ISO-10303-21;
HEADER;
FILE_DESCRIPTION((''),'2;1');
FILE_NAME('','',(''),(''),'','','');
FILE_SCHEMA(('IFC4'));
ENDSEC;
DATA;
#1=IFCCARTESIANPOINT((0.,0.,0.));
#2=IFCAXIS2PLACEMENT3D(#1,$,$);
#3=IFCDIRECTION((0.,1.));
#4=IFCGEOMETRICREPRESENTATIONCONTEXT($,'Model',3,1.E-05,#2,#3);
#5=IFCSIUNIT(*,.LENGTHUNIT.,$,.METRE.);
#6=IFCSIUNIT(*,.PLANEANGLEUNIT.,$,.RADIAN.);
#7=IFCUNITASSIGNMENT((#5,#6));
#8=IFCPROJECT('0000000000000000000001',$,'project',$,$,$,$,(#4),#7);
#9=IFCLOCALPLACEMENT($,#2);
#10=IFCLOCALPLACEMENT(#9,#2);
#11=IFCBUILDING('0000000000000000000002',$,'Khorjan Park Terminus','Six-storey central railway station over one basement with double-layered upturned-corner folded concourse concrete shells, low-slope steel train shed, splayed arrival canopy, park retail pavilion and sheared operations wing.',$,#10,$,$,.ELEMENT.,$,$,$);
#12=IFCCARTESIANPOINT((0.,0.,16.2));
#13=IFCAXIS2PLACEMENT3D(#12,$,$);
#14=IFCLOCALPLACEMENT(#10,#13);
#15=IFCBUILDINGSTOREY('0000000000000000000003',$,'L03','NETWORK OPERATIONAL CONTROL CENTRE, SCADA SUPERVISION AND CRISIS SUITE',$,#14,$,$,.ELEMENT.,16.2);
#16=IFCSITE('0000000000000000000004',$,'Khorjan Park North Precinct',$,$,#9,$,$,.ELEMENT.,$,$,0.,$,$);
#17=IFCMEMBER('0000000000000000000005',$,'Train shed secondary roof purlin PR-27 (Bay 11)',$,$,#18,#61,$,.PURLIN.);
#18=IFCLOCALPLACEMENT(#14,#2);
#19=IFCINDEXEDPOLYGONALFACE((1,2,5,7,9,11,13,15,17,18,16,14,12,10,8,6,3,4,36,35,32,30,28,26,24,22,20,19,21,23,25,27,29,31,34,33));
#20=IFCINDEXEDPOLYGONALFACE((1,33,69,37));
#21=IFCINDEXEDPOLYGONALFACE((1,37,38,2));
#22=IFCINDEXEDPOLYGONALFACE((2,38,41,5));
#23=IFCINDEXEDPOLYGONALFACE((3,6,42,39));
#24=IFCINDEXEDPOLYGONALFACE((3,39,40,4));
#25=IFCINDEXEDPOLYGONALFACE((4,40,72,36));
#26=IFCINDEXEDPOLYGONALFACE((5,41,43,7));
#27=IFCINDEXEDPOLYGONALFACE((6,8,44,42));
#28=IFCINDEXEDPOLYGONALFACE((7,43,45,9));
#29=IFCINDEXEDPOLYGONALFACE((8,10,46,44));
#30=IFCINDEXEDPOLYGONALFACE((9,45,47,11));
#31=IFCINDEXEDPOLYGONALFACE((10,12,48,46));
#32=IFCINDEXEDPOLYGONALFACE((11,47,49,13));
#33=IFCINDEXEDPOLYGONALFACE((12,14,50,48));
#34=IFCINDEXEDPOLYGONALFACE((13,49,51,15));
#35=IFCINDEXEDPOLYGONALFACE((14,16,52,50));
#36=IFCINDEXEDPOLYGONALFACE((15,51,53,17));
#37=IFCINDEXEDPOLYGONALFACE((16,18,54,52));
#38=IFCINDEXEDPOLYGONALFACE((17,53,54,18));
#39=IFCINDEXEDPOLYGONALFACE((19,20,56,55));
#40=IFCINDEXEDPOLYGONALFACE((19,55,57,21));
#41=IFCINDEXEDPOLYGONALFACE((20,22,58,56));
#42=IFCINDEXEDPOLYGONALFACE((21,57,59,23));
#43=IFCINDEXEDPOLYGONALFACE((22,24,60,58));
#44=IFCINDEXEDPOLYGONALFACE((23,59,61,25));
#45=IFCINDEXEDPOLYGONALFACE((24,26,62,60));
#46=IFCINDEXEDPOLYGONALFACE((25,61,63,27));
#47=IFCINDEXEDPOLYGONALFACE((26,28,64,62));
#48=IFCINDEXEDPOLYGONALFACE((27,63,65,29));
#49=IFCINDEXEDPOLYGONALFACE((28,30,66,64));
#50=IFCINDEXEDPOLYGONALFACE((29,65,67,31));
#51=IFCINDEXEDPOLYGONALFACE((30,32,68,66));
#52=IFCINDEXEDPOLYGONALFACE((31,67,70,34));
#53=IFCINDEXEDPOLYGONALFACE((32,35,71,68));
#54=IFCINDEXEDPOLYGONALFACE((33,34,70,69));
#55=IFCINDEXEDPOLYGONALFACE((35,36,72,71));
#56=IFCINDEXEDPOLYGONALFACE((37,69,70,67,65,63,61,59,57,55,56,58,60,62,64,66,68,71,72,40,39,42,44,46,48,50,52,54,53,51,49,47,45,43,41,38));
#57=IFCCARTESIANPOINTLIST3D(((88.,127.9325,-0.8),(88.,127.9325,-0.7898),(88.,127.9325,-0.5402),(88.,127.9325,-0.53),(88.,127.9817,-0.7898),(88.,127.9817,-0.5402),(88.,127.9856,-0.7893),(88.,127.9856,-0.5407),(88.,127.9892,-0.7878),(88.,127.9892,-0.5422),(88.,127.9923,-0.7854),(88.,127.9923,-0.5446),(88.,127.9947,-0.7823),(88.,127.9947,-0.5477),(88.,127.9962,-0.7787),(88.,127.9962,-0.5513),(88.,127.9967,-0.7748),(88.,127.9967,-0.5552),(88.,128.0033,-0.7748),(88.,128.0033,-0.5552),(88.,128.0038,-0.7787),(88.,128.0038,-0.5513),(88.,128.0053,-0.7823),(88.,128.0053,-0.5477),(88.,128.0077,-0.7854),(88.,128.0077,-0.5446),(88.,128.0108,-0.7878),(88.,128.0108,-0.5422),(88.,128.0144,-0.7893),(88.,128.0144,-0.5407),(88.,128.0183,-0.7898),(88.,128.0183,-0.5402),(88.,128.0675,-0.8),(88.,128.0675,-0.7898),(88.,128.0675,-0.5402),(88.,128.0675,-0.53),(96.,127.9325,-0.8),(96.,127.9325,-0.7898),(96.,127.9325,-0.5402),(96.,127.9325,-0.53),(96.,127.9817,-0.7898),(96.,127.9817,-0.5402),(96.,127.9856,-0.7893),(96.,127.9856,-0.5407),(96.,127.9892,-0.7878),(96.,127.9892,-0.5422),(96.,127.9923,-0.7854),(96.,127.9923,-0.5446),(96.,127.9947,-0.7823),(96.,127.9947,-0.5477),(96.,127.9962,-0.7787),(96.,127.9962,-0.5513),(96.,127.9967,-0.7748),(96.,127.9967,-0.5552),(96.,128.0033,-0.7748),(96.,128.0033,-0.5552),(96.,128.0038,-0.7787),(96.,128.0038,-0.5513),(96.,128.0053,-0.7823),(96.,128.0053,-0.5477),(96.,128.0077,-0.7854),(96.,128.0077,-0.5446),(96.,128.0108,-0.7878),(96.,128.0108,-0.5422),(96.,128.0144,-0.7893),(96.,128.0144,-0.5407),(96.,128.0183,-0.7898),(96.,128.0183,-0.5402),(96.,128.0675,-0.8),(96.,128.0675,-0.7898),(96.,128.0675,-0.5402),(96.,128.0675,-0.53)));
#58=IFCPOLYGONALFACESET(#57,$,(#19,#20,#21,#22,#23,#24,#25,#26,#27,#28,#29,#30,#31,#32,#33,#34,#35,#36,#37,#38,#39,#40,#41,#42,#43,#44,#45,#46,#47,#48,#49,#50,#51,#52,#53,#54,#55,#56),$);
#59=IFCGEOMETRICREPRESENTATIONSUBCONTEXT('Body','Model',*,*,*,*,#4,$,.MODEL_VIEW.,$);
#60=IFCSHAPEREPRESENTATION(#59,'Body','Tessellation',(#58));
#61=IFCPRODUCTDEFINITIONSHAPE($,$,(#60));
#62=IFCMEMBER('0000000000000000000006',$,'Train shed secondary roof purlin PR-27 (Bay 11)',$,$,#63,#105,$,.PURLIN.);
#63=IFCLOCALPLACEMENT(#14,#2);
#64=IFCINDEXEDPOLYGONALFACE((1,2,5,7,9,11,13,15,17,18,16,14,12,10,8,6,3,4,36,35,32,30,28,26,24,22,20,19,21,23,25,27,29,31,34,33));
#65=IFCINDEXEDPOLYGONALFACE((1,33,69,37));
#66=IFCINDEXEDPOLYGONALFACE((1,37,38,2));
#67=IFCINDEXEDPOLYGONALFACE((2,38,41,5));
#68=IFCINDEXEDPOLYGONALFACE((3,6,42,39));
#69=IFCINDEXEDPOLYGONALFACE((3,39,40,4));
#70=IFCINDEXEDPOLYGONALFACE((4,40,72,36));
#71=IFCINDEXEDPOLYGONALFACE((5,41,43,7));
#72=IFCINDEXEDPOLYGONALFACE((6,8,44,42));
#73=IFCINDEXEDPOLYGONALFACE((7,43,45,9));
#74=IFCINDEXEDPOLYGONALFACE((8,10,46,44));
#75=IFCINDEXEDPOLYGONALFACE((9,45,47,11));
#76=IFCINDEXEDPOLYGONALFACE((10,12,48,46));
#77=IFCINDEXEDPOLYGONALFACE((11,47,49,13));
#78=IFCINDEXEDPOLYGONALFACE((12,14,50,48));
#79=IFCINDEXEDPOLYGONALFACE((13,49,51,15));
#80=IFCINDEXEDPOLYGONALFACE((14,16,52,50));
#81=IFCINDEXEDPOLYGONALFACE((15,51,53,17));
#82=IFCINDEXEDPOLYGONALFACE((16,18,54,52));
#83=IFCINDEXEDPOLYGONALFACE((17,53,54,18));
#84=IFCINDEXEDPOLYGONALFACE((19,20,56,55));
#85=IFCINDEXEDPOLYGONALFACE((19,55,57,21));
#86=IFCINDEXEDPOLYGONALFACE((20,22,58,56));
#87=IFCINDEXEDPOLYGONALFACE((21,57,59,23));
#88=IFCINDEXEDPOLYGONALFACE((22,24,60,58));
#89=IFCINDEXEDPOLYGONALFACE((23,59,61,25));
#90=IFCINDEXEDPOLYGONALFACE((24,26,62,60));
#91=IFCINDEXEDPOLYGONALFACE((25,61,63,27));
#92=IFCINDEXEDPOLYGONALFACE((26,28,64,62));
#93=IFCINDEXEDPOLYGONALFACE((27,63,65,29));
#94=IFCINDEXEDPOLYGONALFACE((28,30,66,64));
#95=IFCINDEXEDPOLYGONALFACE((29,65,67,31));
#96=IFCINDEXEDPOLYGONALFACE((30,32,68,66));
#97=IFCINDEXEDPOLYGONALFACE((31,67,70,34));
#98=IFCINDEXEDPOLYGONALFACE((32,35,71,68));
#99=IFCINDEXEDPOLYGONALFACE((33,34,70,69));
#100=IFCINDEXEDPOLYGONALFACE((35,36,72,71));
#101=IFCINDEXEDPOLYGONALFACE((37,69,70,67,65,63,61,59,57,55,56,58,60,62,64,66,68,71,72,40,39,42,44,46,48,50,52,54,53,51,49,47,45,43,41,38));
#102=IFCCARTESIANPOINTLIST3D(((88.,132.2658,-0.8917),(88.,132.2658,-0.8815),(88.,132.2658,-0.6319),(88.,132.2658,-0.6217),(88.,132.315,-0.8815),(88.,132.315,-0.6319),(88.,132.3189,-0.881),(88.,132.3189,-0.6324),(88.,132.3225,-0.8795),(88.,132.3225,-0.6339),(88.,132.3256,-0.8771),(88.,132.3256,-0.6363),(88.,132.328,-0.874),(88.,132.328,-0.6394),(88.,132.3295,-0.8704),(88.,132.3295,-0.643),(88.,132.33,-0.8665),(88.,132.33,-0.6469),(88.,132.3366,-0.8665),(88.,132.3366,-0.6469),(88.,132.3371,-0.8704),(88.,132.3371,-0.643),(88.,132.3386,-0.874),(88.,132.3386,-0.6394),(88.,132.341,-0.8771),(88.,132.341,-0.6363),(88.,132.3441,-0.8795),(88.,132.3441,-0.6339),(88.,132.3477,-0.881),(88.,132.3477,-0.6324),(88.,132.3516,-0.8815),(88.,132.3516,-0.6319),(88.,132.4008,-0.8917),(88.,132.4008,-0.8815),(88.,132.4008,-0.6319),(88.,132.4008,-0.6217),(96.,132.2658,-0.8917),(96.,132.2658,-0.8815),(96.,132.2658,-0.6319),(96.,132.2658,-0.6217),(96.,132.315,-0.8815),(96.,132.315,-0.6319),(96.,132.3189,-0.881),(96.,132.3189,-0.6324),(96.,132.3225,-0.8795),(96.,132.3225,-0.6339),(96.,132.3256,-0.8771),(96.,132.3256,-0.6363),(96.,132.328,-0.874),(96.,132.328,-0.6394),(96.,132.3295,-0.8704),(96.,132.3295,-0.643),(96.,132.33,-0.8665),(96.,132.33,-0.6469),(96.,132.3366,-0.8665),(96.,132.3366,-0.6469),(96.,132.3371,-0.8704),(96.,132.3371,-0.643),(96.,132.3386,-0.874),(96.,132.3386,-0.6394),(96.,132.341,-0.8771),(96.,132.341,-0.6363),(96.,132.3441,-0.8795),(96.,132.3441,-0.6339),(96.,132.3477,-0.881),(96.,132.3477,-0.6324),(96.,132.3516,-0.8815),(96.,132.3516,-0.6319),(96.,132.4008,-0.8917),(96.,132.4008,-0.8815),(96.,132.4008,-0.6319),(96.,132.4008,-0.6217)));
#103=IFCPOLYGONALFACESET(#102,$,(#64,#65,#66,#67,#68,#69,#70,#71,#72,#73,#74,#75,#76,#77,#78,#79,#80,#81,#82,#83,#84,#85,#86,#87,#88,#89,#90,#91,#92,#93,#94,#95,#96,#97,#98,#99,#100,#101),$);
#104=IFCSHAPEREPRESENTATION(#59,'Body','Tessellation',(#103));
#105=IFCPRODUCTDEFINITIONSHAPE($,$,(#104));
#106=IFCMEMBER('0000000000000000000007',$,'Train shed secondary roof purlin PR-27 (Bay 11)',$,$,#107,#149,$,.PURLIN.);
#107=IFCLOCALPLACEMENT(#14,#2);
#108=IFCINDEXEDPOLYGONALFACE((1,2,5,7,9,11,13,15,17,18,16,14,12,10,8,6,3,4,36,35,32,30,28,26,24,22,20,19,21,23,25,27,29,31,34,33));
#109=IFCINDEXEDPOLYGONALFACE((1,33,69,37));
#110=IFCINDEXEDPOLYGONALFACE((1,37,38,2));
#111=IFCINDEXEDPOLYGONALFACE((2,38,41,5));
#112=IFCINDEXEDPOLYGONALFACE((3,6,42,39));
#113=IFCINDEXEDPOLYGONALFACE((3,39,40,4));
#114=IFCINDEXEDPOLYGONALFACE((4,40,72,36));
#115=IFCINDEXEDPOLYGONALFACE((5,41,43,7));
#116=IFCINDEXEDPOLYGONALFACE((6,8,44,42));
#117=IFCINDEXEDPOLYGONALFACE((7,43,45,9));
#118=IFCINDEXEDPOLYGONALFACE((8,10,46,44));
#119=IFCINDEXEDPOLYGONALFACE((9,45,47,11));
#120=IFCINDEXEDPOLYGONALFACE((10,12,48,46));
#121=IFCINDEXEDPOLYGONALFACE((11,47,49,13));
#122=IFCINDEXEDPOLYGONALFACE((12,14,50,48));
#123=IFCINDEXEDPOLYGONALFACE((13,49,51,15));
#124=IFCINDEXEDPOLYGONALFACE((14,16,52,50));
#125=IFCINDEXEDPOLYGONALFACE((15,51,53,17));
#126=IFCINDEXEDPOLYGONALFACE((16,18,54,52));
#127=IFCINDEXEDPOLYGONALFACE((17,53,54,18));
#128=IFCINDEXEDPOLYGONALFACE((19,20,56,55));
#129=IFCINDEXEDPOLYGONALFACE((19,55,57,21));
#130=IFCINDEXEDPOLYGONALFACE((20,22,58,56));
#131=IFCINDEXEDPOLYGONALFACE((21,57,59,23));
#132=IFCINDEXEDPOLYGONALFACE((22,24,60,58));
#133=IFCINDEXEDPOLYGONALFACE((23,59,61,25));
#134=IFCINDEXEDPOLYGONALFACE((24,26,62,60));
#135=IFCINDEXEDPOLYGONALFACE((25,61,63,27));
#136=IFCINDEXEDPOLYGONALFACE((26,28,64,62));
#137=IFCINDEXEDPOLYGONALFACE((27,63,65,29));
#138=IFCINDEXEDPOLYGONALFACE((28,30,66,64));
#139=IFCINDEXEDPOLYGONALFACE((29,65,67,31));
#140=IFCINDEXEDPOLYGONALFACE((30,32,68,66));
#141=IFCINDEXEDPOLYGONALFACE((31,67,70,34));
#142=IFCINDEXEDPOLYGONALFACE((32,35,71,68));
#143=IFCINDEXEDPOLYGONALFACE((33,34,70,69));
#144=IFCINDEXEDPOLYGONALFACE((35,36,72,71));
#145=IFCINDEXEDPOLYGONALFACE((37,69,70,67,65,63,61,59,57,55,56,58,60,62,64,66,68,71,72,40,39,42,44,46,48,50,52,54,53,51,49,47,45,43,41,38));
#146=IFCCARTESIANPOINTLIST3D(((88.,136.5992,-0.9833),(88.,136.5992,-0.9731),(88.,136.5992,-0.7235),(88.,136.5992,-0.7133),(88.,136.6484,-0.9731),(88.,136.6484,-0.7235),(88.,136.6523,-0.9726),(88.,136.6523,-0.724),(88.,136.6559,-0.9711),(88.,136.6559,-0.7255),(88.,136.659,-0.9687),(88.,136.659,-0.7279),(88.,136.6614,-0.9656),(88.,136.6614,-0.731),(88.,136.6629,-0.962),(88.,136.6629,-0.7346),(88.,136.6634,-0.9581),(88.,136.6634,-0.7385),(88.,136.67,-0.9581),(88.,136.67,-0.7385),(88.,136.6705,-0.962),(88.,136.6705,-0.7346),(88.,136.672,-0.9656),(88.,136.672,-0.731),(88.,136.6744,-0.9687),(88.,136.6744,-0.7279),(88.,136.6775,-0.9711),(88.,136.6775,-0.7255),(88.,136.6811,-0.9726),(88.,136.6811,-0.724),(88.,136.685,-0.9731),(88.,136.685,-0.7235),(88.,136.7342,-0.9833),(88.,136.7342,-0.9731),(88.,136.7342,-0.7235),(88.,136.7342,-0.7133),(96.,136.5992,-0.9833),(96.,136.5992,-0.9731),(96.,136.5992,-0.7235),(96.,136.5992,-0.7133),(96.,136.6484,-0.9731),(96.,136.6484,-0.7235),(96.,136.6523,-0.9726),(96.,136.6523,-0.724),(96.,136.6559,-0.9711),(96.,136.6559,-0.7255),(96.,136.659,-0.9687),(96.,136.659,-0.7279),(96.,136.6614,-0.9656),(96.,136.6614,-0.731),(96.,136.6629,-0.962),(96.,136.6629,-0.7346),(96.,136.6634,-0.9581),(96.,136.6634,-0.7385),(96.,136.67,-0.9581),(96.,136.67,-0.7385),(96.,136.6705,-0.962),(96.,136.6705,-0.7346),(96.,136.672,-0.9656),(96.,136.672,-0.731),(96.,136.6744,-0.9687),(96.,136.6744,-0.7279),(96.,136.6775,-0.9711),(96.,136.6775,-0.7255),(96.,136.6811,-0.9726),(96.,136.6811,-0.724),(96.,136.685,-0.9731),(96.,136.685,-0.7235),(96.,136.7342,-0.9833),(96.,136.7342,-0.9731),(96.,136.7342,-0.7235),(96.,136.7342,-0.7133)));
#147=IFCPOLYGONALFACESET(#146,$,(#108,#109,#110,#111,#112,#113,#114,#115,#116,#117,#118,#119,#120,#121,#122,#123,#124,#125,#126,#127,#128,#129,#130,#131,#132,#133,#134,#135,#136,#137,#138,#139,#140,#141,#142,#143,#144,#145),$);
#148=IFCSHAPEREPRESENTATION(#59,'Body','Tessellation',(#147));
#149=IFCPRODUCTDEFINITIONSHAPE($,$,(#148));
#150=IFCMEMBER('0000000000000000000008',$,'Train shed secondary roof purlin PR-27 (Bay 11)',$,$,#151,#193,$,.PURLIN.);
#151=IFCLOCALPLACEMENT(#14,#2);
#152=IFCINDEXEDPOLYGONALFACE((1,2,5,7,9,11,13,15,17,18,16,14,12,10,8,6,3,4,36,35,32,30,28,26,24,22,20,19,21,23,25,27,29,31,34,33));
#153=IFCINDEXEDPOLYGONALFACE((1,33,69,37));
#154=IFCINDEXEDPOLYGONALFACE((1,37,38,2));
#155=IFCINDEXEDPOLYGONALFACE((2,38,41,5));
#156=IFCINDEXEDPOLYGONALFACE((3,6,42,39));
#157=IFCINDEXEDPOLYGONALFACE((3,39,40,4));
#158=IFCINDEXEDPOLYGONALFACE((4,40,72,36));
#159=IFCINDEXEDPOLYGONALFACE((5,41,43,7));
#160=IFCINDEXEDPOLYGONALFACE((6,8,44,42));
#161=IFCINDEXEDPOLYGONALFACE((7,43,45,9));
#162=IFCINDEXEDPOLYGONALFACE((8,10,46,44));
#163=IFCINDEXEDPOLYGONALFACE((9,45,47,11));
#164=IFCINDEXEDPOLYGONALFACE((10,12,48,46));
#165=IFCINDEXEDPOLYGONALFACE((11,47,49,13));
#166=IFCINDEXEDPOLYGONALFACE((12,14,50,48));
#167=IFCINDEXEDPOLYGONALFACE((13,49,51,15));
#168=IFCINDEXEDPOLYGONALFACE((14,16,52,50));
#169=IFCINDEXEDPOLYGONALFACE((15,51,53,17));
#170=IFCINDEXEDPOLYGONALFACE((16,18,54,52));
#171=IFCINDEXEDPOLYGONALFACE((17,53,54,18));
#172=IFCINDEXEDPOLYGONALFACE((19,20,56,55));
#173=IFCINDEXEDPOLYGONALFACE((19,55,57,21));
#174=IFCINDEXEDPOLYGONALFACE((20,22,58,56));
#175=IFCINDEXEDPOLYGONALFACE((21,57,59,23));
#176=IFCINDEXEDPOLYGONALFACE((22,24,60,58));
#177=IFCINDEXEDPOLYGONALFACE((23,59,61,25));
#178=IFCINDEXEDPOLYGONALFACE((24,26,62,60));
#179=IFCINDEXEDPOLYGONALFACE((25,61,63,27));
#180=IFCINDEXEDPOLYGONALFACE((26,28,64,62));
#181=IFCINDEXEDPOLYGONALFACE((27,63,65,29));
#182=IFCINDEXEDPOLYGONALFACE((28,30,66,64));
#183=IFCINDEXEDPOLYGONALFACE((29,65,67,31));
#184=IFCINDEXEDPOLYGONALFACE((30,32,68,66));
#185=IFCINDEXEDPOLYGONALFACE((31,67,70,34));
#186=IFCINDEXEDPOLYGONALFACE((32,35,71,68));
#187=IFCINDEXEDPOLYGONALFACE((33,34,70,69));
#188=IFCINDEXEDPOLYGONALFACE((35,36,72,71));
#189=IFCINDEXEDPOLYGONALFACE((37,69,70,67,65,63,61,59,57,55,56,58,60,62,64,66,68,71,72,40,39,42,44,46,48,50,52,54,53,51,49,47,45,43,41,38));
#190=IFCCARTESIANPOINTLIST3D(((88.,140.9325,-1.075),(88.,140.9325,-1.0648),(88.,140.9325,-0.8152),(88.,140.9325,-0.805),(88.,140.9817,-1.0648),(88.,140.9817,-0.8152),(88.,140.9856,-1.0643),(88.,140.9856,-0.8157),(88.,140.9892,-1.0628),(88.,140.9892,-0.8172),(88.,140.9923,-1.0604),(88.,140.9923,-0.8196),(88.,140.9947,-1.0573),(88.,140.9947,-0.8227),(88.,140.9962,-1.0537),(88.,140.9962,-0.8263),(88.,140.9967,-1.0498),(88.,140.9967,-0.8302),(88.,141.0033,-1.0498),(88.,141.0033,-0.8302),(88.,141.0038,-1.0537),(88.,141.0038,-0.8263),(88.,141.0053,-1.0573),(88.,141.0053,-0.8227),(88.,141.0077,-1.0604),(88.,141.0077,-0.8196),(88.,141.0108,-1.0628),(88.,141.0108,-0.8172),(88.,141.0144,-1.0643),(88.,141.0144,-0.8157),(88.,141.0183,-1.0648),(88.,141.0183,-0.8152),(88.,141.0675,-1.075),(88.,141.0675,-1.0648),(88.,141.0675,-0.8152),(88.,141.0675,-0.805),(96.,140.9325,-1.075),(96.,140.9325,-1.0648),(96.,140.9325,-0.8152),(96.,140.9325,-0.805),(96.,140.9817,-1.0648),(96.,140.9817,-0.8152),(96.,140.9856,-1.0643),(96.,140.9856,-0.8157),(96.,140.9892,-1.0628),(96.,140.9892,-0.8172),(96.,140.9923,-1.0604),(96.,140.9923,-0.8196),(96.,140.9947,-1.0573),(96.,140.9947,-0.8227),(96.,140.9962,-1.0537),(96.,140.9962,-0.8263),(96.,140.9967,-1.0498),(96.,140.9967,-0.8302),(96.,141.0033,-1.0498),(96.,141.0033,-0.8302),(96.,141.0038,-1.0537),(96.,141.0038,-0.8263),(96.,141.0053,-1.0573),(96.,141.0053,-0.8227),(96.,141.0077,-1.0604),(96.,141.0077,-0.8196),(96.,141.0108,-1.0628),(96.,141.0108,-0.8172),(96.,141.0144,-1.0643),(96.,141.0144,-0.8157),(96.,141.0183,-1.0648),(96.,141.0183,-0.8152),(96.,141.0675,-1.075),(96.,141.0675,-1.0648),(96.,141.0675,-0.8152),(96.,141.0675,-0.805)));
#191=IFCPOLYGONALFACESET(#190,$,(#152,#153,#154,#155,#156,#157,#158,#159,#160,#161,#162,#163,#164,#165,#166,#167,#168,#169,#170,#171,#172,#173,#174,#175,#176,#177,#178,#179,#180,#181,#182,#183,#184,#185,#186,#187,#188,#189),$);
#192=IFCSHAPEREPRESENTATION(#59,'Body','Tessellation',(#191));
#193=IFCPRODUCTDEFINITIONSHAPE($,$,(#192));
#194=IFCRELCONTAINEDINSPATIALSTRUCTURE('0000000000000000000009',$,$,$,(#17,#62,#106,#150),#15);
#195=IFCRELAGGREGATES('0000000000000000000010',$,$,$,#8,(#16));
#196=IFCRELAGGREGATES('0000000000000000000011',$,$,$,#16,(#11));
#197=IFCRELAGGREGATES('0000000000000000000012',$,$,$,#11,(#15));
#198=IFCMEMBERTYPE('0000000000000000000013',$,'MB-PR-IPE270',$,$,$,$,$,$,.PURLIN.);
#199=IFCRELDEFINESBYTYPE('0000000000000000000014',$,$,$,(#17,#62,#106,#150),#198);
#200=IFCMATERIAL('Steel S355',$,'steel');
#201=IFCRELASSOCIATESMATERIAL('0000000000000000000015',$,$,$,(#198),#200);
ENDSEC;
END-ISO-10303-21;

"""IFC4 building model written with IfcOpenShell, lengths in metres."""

from ifc_helpers import new_model, si_unit, direction, frame, origin, origin_2d, place, context, subcontext, project, spatial, i_section, extrude, material, material_profile, profile_set, type_object, element, save


model = new_model("IFC4")

# Units and contexts
model_context = context("Model", 3, precision=1e-05, world=origin(), true_north=direction((0.0, 1.0)))
body_context = subcontext(model_context, "Body", "Model", "MODEL_VIEW")
ifc_project = project(units=[si_unit("LENGTHUNIT", "METRE"), si_unit("PLANEANGLEUNIT", "RADIAN")], contexts=[model_context])

# Site, building, storey
site_placement = place(None, origin())
site = spatial("IfcSite", under=ifc_project, at=site_placement, Name="Khorjan Park North Precinct", CompositionType="ELEMENT", RefElevation=0.0)
building_placement = place(site_placement, origin())
building = spatial("IfcBuilding", under=site, at=building_placement, Name="Khorjan Park Terminus", Description="Six-storey central railway station over one basement with double-layered upturned-corner folded concourse concrete shells, low-slope steel train shed, splayed arrival canopy, park retail pavilion and sheared operations wing.", CompositionType="ELEMENT")
storey_placement = place(building_placement, frame((0.0, 0.0, 16.2)))
storey = spatial("IfcBuildingStorey", under=building, at=storey_placement, Name="L03", Description="NETWORK OPERATIONAL CONTROL CENTRE, SCADA SUPERVISION AND CRISIS SUITE", CompositionType="ELEMENT", Elevation=16.2)

# Members
ifc_material_1 = material(Name="Steel S355", Category="steel")
ifc_material_profile_1 = material_profile(ifc_material_1, i_section(OverallWidth=0.135, OverallDepth=0.27, WebThickness=0.0066, FlangeThickness=0.0102, FilletRadius=0.015, at=origin_2d()), Name="IPE 270")
ifc_profile_set_1 = profile_set([ifc_material_profile_1], Name="Steel S355")
member_type_1 = type_object("IfcMemberType", Name="MB-PR-IPE270", PredefinedType="PURLIN", material=ifc_profile_set_1)
for number, where, z_axis, x_axis, name in (
    (1, (88.0, 128.0, -0.665), (1.0, 0.0, 0.0), (0.0, 1.0, 0.0), "Train shed secondary roof purlin PR-27 (Bay 11)"),
    (2, (88.0, 132.3333, -0.7567), (1.0, 0.0, 0.0), (0.0, 1.0, 0.0), "Train shed secondary roof purlin PR-27 (Bay 11)"),
    (3, (88.0, 136.6667, -0.8483), (1.0, 0.0, 0.0), (0.0, 1.0, 0.0), "Train shed secondary roof purlin PR-27 (Bay 11)"),
    (4, (88.0, 141.0, -0.94), (1.0, 0.0, 0.0), (0.0, 1.0, 0.0), "Train shed secondary roof purlin PR-27 (Bay 11)"),
):
    element("IfcMember", number, at=place(storey_placement, frame(where, z_axis=z_axis, x_axis=x_axis)), inside=storey, type_object=member_type_1, Name=name, PredefinedType="PURLIN", context=body_context, shape_type="SweptSolid", body=[
        extrude(i_section(OverallWidth=0.135, OverallDepth=0.27, WebThickness=0.0066, FlangeThickness=0.0102, FilletRadius=0.015, at=origin_2d()), origin(), (0.0, 0.0, 1.0), 8.0),
    ])

save(model, "model.ifc")
